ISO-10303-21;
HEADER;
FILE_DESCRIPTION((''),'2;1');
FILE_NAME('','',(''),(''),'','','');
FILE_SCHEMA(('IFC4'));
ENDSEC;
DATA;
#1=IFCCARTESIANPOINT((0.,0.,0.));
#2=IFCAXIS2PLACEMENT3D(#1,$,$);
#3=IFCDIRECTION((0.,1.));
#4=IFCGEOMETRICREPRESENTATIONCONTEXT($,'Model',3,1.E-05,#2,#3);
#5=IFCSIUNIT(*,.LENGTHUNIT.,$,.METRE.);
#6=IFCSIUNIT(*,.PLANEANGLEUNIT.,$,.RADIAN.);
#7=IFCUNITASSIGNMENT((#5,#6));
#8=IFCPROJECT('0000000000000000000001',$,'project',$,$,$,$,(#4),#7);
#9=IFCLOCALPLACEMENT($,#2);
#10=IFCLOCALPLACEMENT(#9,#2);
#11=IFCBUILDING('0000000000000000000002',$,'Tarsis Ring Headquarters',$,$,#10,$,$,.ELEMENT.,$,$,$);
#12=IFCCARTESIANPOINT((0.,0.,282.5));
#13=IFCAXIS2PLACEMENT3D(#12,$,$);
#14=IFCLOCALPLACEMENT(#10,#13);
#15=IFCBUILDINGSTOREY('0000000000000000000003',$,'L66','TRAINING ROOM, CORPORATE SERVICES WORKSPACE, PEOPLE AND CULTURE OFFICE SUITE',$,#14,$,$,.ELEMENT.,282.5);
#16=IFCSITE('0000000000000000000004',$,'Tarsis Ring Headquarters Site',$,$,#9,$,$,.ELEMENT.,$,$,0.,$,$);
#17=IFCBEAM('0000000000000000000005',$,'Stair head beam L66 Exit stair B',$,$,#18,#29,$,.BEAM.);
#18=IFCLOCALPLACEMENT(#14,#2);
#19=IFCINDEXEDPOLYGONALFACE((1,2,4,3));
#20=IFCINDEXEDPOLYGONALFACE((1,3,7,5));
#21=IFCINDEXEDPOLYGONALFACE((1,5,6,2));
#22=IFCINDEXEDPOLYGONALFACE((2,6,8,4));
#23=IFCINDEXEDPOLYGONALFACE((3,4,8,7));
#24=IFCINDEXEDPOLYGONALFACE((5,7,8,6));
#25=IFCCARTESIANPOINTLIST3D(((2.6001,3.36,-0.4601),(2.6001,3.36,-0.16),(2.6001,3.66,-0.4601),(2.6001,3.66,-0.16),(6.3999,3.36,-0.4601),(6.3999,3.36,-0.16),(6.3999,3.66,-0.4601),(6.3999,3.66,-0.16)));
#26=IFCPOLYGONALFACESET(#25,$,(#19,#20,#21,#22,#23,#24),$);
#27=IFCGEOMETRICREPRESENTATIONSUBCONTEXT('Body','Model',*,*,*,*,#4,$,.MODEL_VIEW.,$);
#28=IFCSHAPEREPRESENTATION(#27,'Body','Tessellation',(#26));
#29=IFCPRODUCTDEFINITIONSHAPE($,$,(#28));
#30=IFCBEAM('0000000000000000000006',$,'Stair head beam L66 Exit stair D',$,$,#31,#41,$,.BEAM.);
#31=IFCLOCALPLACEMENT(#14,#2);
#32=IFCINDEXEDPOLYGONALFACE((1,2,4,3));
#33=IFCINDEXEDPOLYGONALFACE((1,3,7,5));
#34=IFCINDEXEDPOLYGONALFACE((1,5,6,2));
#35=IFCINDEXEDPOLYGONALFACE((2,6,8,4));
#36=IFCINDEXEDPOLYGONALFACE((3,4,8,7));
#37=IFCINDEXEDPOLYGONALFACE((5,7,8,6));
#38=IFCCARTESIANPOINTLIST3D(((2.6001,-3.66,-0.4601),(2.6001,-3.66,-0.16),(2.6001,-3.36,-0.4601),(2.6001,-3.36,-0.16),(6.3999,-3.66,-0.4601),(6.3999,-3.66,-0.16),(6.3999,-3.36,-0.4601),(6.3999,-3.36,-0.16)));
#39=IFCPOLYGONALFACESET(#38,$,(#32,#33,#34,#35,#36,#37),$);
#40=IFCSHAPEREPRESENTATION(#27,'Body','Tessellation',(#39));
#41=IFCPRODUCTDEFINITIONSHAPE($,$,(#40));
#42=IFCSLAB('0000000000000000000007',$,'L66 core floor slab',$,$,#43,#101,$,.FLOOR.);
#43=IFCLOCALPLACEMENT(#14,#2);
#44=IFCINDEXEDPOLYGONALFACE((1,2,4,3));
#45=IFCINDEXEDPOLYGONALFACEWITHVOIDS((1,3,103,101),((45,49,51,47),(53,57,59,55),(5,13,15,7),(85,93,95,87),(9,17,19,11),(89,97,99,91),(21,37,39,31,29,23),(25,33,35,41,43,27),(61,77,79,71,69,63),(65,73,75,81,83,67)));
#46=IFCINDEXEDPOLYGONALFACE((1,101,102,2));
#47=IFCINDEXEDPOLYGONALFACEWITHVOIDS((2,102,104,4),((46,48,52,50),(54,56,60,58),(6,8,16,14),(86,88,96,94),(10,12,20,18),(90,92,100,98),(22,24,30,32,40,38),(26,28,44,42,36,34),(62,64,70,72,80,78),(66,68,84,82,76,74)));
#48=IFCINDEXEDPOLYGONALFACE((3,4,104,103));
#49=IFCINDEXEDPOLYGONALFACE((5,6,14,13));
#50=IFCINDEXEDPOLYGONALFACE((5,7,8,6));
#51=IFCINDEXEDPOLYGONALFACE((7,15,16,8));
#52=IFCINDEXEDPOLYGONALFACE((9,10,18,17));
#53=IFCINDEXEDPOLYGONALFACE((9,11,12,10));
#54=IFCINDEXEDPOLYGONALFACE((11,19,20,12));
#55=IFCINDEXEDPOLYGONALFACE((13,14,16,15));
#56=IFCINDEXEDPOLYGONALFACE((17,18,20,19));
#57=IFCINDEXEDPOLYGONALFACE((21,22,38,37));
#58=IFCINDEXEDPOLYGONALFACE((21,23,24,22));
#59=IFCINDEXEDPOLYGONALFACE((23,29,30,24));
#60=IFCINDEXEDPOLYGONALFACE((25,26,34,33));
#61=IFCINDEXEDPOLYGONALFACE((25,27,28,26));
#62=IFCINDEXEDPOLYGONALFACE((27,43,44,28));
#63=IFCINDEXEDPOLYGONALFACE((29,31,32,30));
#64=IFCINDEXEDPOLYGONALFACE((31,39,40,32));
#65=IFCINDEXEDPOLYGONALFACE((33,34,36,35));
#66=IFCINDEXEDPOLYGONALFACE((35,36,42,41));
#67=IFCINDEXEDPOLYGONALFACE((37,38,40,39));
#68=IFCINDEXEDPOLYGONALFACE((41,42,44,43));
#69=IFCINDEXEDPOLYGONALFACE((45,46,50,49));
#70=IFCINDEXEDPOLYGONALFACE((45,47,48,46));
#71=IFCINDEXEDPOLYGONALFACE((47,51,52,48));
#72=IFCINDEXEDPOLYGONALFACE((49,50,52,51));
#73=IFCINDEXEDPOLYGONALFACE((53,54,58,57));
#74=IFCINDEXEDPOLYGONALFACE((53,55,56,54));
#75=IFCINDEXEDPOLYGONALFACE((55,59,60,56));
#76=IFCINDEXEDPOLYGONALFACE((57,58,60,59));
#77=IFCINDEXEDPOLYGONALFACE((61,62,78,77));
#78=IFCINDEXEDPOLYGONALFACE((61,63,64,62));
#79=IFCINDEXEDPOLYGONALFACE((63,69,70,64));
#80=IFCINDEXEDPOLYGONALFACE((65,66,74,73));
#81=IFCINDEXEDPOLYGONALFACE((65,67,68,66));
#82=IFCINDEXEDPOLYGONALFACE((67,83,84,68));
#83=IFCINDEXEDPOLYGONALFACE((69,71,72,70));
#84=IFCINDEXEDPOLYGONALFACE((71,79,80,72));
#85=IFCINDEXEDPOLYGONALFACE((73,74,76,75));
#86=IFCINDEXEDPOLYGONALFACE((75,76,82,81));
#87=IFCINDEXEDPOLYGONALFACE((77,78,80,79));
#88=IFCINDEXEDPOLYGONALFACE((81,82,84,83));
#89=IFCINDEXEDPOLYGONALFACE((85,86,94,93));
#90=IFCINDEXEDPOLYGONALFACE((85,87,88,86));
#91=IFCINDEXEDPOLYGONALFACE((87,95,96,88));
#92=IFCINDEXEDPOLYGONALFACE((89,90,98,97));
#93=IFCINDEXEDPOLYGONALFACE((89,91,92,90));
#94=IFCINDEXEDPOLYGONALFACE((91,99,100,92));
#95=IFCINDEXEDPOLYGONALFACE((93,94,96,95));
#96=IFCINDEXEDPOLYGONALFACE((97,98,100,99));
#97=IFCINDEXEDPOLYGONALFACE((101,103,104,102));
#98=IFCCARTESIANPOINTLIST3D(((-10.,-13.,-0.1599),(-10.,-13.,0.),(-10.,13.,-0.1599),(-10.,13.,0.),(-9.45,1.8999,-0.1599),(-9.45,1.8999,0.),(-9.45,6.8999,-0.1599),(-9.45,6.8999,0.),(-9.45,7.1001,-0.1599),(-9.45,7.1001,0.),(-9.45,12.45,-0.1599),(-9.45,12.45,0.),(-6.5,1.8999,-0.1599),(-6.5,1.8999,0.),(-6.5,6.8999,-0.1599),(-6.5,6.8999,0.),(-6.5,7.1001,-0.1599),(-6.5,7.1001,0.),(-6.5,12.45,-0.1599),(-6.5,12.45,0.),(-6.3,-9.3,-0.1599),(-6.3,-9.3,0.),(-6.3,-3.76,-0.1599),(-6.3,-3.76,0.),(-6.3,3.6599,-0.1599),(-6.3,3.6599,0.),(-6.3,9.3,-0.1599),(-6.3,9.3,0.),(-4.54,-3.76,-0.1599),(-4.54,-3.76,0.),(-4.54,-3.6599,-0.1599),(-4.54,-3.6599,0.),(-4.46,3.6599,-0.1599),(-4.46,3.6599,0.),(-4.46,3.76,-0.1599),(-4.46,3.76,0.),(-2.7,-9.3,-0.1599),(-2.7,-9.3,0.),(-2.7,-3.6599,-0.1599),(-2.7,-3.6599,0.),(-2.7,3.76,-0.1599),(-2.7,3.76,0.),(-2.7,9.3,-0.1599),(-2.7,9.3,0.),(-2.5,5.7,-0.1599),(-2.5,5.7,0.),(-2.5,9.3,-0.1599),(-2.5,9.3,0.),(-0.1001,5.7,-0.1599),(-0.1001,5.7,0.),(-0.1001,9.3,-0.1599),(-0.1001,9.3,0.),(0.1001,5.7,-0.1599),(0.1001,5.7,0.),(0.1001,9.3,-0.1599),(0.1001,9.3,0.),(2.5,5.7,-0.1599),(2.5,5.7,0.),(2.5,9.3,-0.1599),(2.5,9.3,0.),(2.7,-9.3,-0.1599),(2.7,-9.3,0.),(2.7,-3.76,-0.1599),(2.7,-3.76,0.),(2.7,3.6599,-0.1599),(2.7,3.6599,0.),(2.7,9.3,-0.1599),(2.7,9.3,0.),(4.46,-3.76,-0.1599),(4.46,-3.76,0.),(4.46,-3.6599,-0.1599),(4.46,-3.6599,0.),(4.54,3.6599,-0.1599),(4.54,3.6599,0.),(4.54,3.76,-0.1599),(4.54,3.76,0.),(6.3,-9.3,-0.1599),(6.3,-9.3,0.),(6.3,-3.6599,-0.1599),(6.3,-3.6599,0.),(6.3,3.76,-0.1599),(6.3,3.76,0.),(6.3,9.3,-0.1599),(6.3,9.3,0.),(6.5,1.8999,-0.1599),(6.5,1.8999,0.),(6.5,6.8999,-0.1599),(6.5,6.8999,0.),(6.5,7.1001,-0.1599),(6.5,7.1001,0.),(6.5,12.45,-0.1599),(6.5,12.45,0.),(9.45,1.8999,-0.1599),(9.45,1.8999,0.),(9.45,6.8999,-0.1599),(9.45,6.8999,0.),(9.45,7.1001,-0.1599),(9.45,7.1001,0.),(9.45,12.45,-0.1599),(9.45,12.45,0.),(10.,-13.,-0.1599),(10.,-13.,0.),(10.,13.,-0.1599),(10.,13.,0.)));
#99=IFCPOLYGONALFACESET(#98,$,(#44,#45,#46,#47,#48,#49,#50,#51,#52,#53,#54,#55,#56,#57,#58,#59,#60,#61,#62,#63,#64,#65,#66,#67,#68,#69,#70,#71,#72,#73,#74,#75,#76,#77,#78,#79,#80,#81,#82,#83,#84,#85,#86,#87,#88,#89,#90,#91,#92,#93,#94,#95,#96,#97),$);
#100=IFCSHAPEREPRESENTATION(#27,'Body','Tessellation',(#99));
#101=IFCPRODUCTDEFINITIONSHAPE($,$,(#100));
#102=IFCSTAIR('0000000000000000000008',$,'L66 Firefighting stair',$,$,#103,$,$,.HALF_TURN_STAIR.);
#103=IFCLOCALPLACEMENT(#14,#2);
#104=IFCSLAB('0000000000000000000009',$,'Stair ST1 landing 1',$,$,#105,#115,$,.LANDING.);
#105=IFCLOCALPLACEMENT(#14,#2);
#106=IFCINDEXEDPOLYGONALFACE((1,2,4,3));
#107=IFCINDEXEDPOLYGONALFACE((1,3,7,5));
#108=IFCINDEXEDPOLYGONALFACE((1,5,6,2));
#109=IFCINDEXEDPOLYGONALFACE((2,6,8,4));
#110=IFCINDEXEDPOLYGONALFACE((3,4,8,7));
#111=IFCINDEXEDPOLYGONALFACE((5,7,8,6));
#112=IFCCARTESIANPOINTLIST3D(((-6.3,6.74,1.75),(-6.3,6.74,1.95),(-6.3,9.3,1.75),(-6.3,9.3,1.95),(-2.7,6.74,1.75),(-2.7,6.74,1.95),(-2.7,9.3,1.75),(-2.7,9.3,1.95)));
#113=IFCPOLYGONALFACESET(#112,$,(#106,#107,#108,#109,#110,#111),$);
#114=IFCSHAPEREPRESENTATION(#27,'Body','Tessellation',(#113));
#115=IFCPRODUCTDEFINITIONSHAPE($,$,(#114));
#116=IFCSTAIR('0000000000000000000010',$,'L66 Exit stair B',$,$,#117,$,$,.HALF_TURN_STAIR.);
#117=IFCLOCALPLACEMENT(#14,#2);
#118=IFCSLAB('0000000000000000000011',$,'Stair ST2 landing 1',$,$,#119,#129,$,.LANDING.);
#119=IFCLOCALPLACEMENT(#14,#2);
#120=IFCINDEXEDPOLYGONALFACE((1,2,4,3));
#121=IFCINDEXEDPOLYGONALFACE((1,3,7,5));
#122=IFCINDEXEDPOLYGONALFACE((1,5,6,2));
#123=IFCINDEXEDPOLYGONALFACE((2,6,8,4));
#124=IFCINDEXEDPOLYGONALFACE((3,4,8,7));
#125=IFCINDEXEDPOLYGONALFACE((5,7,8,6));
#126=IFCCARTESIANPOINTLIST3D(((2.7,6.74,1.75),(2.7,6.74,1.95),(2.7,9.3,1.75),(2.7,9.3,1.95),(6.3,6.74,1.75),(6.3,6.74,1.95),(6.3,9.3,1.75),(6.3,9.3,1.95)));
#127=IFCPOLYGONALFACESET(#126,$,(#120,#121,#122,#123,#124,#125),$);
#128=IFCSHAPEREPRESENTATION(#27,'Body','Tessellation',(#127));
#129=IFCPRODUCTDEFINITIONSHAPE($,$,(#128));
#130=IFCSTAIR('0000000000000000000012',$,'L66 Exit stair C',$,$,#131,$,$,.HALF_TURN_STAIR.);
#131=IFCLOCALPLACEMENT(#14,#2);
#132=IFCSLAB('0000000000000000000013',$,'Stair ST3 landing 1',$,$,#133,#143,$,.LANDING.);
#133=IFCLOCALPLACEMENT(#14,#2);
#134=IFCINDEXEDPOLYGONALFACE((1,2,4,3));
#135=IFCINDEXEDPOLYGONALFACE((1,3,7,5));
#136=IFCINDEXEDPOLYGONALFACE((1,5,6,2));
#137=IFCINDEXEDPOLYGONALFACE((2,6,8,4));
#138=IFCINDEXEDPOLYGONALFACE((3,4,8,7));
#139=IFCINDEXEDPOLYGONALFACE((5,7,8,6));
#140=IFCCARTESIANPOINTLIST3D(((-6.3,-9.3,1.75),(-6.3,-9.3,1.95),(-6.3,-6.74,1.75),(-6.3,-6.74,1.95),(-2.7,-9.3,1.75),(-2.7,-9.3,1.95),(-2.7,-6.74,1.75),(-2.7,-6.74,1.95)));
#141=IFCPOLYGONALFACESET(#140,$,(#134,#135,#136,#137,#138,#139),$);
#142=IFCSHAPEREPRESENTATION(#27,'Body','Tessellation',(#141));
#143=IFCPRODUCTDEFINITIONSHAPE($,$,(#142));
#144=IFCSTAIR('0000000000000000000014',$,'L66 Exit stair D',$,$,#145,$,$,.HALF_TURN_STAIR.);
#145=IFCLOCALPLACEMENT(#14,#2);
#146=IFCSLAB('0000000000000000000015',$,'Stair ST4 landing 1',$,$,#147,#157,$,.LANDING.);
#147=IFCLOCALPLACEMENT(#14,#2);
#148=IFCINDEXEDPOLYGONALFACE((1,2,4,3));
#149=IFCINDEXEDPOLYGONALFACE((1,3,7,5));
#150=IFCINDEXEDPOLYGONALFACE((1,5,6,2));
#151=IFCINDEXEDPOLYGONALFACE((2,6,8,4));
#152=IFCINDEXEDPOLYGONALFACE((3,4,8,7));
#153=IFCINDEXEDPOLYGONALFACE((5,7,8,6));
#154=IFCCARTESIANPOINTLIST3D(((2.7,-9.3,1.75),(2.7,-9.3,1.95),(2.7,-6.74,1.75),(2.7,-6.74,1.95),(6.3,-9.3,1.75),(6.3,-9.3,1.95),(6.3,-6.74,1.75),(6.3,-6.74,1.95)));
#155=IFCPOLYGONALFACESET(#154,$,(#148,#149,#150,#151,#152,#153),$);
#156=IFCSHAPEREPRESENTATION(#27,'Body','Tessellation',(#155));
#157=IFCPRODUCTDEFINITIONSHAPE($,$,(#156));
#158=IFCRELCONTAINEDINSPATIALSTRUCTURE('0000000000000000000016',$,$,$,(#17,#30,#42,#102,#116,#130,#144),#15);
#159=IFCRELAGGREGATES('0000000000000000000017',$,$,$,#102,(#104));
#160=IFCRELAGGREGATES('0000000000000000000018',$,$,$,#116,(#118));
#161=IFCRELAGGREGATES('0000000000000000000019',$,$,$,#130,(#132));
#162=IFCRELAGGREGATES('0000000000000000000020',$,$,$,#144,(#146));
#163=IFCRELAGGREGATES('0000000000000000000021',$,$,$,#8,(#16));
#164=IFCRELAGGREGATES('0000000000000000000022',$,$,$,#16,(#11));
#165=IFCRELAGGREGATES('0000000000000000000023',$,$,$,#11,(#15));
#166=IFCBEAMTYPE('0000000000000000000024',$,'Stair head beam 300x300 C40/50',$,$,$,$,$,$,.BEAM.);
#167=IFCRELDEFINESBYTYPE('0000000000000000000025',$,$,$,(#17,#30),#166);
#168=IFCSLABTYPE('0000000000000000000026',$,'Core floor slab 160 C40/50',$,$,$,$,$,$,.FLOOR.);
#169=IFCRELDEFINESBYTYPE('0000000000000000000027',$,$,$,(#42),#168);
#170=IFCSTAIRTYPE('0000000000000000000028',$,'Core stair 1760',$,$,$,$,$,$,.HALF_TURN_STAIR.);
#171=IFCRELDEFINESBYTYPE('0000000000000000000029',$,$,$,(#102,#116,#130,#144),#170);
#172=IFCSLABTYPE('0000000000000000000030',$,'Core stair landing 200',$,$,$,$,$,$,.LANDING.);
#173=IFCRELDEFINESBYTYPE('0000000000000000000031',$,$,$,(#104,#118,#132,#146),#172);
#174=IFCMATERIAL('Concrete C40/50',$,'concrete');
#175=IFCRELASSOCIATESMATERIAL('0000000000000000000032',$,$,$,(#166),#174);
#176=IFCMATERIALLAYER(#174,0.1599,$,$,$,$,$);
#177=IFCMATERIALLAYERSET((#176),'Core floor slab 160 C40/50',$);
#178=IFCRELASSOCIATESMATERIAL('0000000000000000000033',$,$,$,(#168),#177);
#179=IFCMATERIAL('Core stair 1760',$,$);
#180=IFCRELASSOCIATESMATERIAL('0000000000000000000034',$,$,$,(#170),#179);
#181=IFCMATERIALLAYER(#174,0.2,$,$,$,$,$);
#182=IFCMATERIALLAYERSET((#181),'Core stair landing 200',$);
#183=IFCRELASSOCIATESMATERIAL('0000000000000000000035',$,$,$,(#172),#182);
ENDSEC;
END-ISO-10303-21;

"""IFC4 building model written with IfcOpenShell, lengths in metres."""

from ifc_helpers import new_model, si_unit, direction, frame, origin, origin_2d, place, context, subcontext, project, spatial, polyline, rectangle, outline, extrude, material, layer, layer_set, material_profile, profile_set, type_object, element, aggregate, save


model = new_model("IFC4")

# Units and contexts
model_context = context("Model", 3, precision=1e-05, world=origin(), true_north=direction((0.0, 1.0)))
body_context = subcontext(model_context, "Body", "Model", "MODEL_VIEW")
ifc_project = project(units=[si_unit("LENGTHUNIT", "METRE"), si_unit("PLANEANGLEUNIT", "RADIAN")], contexts=[model_context])

# Site, building, storey
site_placement = place(None, origin())
site = spatial("IfcSite", under=ifc_project, at=site_placement, Name="Tarsis Ring Headquarters Site", CompositionType="ELEMENT", RefElevation=0.0)
building_placement = place(site_placement, origin())
building = spatial("IfcBuilding", under=site, at=building_placement, Name="Tarsis Ring Headquarters", CompositionType="ELEMENT")
storey_placement = place(building_placement, frame((0.0, 0.0, 282.5)))
storey = spatial("IfcBuildingStorey", under=building, at=storey_placement, Name="L66", Description="TRAINING ROOM, CORPORATE SERVICES WORKSPACE, PEOPLE AND CULTURE OFFICE SUITE", CompositionType="ELEMENT", Elevation=282.5)

# Beams
ifc_material_1 = material(Name="Concrete C40/50", Category="concrete")
ifc_material_profile = material_profile(ifc_material_1, rectangle(XDim=0.3, YDim=0.3, at=origin_2d()), Name="Stair head beam 300x300 C40/50")
ifc_profile_set = profile_set([ifc_material_profile], Name="Concrete C40/50")
beam_type = type_object("IfcBeamType", Name="Stair head beam 300x300 C40/50", PredefinedType="BEAM", material=ifc_profile_set)
for number, where, z_axis, x_axis, name in (
    (1, (2.6001, 3.51, -0.3101), (1.0, 0.0, 0.0), (0.0, 1.0, 0.0), "Stair head beam L66 Exit stair B"),
    (2, (2.6001, -3.51, -0.3101), (1.0, 0.0, 0.0), (0.0, 1.0, 0.0), "Stair head beam L66 Exit stair D"),
):
    element("IfcBeam", number, at=place(storey_placement, frame(where, z_axis=z_axis, x_axis=x_axis)), inside=storey, type_object=beam_type, Name=name, PredefinedType="BEAM", context=body_context, shape_type="SweptSolid", body=[
        extrude(rectangle(XDim=0.3, YDim=0.3, at=origin_2d()), origin(), (0.0, 0.0, 1.0), 3.7998),
    ])

# Slab
ifc_layer_1 = layer(ifc_material_1, 0.1599)
ifc_layer_set_1 = layer_set([ifc_layer_1], Name="Core floor slab 160 C40/50")
slab_type_1 = type_object("IfcSlabType", Name="Core floor slab 160 C40/50", PredefinedType="FLOOR", material=ifc_layer_set_1)
slab_1_placement = place(storey_placement, frame((0.0, 0.0, -0.1599)))
element("IfcSlab", 3, at=slab_1_placement, inside=storey, type_object=slab_type_1, Name="L66 core floor slab", PredefinedType="FLOOR", context=body_context, shape_type="SweptSolid", body=[
    extrude(outline(polyline([(-10.0, -13.0), (10.0, -13.0), (10.0, 13.0), (-10.0, 13.0), (-10.0, -13.0)]), holes=[polyline([(-2.5, 5.7), (-0.1001, 5.7), (-0.1001, 9.3), (-2.5, 9.3), (-2.5, 5.7)]), polyline([(0.1001, 5.7), (2.5, 5.7), (2.5, 9.3), (0.1001, 9.3), (0.1001, 5.7)]), polyline([(-9.45, 1.8999), (-6.5, 1.8999), (-6.5, 6.8999), (-9.45, 6.8999), (-9.45, 1.8999)]), polyline([(-9.45, 7.1001), (-6.5, 7.1001), (-6.5, 12.45), (-9.45, 12.45), (-9.45, 7.1001)]), polyline([(6.5, 1.8999), (9.45, 1.8999), (9.45, 6.8999), (6.5, 6.8999), (6.5, 1.8999)]), polyline([(6.5, 7.1001), (9.45, 7.1001), (9.45, 12.45), (6.5, 12.45), (6.5, 7.1001)]), polyline([(-2.7, 3.76), (-2.7, 9.3), (-6.3, 9.3), (-6.3, 3.6599), (-4.46, 3.6599), (-4.46, 3.76), (-2.7, 3.76)]), polyline([(6.3, 3.76), (6.3, 9.3), (2.7, 9.3), (2.7, 3.6599), (4.54, 3.6599), (4.54, 3.76), (6.3, 3.76)]), polyline([(-6.3, -3.76), (-6.3, -9.3), (-2.7, -9.3), (-2.7, -3.6599), (-4.54, -3.6599), (-4.54, -3.76), (-6.3, -3.76)]), polyline([(2.7, -3.76), (2.7, -9.3), (6.3, -9.3), (6.3, -3.6599), (4.46, -3.6599), (4.46, -3.76), (2.7, -3.76)])]), origin(), (0.0, 0.0, 1.0), 0.1599),
])

# Stairs, slabs
ifc_material_2 = material(Name="Core stair 1760")
stair_type = type_object("IfcStairType", Name="Core stair 1760", PredefinedType="HALF_TURN_STAIR", material=ifc_material_2)
stair_1_placement = place(storey_placement, origin())
stair_1 = element("IfcStair", 4, at=stair_1_placement, inside=storey, type_object=stair_type, Name="L66 Firefighting stair", PredefinedType="HALF_TURN_STAIR")
ifc_layer_2 = layer(ifc_material_1, 0.2)
ifc_layer_set_2 = layer_set([ifc_layer_2], Name="Core stair landing 200")
slab_type_2 = type_object("IfcSlabType", Name="Core stair landing 200", PredefinedType="LANDING", material=ifc_layer_set_2)
slab_2_placement = place(storey_placement, frame((0.0, 0.0, 1.75)))
slab_2 = element("IfcSlab", 5, at=slab_2_placement, type_object=slab_type_2, Name="Stair ST1 landing 1", PredefinedType="LANDING", context=body_context, shape_type="SweptSolid", body=[
    extrude(outline(polyline([(-2.7, 6.74), (-2.7, 9.3), (-6.3, 9.3), (-6.3, 6.74), (-2.7, 6.74)])), origin(), (0.0, 0.0, 1.0), 0.2),
])
aggregate(stair_1, [slab_2])
stair_2_placement = place(storey_placement, origin())
stair_2 = element("IfcStair", 6, at=stair_2_placement, inside=storey, type_object=stair_type, Name="L66 Exit stair B", PredefinedType="HALF_TURN_STAIR")
slab_3_placement = place(storey_placement, frame((0.0, 0.0, 1.75)))
slab_3 = element("IfcSlab", 7, at=slab_3_placement, type_object=slab_type_2, Name="Stair ST2 landing 1", PredefinedType="LANDING", context=body_context, shape_type="SweptSolid", body=[
    extrude(outline(polyline([(6.3, 6.74), (6.3, 9.3), (2.7, 9.3), (2.7, 6.74), (6.3, 6.74)])), origin(), (0.0, 0.0, 1.0), 0.2),
])
aggregate(stair_2, [slab_3])
stair_3_placement = place(storey_placement, origin())
stair_3 = element("IfcStair", 8, at=stair_3_placement, inside=storey, type_object=stair_type, Name="L66 Exit stair C", PredefinedType="HALF_TURN_STAIR")
slab_4_placement = place(storey_placement, frame((0.0, 0.0, 1.75)))
slab_4 = element("IfcSlab", 9, at=slab_4_placement, type_object=slab_type_2, Name="Stair ST3 landing 1", PredefinedType="LANDING", context=body_context, shape_type="SweptSolid", body=[
    extrude(outline(polyline([(-6.3, -6.74), (-6.3, -9.3), (-2.7, -9.3), (-2.7, -6.74), (-6.3, -6.74)])), origin(), (0.0, 0.0, 1.0), 0.2),
])
aggregate(stair_3, [slab_4])
stair_4_placement = place(storey_placement, origin())
stair_4 = element("IfcStair", 10, at=stair_4_placement, inside=storey, type_object=stair_type, Name="L66 Exit stair D", PredefinedType="HALF_TURN_STAIR")
slab_5_placement = place(storey_placement, frame((0.0, 0.0, 1.75)))
slab_5 = element("IfcSlab", 11, at=slab_5_placement, type_object=slab_type_2, Name="Stair ST4 landing 1", PredefinedType="LANDING", context=body_context, shape_type="SweptSolid", body=[
    extrude(outline(polyline([(2.7, -6.74), (2.7, -9.3), (6.3, -9.3), (6.3, -6.74), (2.7, -6.74)])), origin(), (0.0, 0.0, 1.0), 0.2),
])
aggregate(stair_4, [slab_5])

save(model, "model.ifc")
